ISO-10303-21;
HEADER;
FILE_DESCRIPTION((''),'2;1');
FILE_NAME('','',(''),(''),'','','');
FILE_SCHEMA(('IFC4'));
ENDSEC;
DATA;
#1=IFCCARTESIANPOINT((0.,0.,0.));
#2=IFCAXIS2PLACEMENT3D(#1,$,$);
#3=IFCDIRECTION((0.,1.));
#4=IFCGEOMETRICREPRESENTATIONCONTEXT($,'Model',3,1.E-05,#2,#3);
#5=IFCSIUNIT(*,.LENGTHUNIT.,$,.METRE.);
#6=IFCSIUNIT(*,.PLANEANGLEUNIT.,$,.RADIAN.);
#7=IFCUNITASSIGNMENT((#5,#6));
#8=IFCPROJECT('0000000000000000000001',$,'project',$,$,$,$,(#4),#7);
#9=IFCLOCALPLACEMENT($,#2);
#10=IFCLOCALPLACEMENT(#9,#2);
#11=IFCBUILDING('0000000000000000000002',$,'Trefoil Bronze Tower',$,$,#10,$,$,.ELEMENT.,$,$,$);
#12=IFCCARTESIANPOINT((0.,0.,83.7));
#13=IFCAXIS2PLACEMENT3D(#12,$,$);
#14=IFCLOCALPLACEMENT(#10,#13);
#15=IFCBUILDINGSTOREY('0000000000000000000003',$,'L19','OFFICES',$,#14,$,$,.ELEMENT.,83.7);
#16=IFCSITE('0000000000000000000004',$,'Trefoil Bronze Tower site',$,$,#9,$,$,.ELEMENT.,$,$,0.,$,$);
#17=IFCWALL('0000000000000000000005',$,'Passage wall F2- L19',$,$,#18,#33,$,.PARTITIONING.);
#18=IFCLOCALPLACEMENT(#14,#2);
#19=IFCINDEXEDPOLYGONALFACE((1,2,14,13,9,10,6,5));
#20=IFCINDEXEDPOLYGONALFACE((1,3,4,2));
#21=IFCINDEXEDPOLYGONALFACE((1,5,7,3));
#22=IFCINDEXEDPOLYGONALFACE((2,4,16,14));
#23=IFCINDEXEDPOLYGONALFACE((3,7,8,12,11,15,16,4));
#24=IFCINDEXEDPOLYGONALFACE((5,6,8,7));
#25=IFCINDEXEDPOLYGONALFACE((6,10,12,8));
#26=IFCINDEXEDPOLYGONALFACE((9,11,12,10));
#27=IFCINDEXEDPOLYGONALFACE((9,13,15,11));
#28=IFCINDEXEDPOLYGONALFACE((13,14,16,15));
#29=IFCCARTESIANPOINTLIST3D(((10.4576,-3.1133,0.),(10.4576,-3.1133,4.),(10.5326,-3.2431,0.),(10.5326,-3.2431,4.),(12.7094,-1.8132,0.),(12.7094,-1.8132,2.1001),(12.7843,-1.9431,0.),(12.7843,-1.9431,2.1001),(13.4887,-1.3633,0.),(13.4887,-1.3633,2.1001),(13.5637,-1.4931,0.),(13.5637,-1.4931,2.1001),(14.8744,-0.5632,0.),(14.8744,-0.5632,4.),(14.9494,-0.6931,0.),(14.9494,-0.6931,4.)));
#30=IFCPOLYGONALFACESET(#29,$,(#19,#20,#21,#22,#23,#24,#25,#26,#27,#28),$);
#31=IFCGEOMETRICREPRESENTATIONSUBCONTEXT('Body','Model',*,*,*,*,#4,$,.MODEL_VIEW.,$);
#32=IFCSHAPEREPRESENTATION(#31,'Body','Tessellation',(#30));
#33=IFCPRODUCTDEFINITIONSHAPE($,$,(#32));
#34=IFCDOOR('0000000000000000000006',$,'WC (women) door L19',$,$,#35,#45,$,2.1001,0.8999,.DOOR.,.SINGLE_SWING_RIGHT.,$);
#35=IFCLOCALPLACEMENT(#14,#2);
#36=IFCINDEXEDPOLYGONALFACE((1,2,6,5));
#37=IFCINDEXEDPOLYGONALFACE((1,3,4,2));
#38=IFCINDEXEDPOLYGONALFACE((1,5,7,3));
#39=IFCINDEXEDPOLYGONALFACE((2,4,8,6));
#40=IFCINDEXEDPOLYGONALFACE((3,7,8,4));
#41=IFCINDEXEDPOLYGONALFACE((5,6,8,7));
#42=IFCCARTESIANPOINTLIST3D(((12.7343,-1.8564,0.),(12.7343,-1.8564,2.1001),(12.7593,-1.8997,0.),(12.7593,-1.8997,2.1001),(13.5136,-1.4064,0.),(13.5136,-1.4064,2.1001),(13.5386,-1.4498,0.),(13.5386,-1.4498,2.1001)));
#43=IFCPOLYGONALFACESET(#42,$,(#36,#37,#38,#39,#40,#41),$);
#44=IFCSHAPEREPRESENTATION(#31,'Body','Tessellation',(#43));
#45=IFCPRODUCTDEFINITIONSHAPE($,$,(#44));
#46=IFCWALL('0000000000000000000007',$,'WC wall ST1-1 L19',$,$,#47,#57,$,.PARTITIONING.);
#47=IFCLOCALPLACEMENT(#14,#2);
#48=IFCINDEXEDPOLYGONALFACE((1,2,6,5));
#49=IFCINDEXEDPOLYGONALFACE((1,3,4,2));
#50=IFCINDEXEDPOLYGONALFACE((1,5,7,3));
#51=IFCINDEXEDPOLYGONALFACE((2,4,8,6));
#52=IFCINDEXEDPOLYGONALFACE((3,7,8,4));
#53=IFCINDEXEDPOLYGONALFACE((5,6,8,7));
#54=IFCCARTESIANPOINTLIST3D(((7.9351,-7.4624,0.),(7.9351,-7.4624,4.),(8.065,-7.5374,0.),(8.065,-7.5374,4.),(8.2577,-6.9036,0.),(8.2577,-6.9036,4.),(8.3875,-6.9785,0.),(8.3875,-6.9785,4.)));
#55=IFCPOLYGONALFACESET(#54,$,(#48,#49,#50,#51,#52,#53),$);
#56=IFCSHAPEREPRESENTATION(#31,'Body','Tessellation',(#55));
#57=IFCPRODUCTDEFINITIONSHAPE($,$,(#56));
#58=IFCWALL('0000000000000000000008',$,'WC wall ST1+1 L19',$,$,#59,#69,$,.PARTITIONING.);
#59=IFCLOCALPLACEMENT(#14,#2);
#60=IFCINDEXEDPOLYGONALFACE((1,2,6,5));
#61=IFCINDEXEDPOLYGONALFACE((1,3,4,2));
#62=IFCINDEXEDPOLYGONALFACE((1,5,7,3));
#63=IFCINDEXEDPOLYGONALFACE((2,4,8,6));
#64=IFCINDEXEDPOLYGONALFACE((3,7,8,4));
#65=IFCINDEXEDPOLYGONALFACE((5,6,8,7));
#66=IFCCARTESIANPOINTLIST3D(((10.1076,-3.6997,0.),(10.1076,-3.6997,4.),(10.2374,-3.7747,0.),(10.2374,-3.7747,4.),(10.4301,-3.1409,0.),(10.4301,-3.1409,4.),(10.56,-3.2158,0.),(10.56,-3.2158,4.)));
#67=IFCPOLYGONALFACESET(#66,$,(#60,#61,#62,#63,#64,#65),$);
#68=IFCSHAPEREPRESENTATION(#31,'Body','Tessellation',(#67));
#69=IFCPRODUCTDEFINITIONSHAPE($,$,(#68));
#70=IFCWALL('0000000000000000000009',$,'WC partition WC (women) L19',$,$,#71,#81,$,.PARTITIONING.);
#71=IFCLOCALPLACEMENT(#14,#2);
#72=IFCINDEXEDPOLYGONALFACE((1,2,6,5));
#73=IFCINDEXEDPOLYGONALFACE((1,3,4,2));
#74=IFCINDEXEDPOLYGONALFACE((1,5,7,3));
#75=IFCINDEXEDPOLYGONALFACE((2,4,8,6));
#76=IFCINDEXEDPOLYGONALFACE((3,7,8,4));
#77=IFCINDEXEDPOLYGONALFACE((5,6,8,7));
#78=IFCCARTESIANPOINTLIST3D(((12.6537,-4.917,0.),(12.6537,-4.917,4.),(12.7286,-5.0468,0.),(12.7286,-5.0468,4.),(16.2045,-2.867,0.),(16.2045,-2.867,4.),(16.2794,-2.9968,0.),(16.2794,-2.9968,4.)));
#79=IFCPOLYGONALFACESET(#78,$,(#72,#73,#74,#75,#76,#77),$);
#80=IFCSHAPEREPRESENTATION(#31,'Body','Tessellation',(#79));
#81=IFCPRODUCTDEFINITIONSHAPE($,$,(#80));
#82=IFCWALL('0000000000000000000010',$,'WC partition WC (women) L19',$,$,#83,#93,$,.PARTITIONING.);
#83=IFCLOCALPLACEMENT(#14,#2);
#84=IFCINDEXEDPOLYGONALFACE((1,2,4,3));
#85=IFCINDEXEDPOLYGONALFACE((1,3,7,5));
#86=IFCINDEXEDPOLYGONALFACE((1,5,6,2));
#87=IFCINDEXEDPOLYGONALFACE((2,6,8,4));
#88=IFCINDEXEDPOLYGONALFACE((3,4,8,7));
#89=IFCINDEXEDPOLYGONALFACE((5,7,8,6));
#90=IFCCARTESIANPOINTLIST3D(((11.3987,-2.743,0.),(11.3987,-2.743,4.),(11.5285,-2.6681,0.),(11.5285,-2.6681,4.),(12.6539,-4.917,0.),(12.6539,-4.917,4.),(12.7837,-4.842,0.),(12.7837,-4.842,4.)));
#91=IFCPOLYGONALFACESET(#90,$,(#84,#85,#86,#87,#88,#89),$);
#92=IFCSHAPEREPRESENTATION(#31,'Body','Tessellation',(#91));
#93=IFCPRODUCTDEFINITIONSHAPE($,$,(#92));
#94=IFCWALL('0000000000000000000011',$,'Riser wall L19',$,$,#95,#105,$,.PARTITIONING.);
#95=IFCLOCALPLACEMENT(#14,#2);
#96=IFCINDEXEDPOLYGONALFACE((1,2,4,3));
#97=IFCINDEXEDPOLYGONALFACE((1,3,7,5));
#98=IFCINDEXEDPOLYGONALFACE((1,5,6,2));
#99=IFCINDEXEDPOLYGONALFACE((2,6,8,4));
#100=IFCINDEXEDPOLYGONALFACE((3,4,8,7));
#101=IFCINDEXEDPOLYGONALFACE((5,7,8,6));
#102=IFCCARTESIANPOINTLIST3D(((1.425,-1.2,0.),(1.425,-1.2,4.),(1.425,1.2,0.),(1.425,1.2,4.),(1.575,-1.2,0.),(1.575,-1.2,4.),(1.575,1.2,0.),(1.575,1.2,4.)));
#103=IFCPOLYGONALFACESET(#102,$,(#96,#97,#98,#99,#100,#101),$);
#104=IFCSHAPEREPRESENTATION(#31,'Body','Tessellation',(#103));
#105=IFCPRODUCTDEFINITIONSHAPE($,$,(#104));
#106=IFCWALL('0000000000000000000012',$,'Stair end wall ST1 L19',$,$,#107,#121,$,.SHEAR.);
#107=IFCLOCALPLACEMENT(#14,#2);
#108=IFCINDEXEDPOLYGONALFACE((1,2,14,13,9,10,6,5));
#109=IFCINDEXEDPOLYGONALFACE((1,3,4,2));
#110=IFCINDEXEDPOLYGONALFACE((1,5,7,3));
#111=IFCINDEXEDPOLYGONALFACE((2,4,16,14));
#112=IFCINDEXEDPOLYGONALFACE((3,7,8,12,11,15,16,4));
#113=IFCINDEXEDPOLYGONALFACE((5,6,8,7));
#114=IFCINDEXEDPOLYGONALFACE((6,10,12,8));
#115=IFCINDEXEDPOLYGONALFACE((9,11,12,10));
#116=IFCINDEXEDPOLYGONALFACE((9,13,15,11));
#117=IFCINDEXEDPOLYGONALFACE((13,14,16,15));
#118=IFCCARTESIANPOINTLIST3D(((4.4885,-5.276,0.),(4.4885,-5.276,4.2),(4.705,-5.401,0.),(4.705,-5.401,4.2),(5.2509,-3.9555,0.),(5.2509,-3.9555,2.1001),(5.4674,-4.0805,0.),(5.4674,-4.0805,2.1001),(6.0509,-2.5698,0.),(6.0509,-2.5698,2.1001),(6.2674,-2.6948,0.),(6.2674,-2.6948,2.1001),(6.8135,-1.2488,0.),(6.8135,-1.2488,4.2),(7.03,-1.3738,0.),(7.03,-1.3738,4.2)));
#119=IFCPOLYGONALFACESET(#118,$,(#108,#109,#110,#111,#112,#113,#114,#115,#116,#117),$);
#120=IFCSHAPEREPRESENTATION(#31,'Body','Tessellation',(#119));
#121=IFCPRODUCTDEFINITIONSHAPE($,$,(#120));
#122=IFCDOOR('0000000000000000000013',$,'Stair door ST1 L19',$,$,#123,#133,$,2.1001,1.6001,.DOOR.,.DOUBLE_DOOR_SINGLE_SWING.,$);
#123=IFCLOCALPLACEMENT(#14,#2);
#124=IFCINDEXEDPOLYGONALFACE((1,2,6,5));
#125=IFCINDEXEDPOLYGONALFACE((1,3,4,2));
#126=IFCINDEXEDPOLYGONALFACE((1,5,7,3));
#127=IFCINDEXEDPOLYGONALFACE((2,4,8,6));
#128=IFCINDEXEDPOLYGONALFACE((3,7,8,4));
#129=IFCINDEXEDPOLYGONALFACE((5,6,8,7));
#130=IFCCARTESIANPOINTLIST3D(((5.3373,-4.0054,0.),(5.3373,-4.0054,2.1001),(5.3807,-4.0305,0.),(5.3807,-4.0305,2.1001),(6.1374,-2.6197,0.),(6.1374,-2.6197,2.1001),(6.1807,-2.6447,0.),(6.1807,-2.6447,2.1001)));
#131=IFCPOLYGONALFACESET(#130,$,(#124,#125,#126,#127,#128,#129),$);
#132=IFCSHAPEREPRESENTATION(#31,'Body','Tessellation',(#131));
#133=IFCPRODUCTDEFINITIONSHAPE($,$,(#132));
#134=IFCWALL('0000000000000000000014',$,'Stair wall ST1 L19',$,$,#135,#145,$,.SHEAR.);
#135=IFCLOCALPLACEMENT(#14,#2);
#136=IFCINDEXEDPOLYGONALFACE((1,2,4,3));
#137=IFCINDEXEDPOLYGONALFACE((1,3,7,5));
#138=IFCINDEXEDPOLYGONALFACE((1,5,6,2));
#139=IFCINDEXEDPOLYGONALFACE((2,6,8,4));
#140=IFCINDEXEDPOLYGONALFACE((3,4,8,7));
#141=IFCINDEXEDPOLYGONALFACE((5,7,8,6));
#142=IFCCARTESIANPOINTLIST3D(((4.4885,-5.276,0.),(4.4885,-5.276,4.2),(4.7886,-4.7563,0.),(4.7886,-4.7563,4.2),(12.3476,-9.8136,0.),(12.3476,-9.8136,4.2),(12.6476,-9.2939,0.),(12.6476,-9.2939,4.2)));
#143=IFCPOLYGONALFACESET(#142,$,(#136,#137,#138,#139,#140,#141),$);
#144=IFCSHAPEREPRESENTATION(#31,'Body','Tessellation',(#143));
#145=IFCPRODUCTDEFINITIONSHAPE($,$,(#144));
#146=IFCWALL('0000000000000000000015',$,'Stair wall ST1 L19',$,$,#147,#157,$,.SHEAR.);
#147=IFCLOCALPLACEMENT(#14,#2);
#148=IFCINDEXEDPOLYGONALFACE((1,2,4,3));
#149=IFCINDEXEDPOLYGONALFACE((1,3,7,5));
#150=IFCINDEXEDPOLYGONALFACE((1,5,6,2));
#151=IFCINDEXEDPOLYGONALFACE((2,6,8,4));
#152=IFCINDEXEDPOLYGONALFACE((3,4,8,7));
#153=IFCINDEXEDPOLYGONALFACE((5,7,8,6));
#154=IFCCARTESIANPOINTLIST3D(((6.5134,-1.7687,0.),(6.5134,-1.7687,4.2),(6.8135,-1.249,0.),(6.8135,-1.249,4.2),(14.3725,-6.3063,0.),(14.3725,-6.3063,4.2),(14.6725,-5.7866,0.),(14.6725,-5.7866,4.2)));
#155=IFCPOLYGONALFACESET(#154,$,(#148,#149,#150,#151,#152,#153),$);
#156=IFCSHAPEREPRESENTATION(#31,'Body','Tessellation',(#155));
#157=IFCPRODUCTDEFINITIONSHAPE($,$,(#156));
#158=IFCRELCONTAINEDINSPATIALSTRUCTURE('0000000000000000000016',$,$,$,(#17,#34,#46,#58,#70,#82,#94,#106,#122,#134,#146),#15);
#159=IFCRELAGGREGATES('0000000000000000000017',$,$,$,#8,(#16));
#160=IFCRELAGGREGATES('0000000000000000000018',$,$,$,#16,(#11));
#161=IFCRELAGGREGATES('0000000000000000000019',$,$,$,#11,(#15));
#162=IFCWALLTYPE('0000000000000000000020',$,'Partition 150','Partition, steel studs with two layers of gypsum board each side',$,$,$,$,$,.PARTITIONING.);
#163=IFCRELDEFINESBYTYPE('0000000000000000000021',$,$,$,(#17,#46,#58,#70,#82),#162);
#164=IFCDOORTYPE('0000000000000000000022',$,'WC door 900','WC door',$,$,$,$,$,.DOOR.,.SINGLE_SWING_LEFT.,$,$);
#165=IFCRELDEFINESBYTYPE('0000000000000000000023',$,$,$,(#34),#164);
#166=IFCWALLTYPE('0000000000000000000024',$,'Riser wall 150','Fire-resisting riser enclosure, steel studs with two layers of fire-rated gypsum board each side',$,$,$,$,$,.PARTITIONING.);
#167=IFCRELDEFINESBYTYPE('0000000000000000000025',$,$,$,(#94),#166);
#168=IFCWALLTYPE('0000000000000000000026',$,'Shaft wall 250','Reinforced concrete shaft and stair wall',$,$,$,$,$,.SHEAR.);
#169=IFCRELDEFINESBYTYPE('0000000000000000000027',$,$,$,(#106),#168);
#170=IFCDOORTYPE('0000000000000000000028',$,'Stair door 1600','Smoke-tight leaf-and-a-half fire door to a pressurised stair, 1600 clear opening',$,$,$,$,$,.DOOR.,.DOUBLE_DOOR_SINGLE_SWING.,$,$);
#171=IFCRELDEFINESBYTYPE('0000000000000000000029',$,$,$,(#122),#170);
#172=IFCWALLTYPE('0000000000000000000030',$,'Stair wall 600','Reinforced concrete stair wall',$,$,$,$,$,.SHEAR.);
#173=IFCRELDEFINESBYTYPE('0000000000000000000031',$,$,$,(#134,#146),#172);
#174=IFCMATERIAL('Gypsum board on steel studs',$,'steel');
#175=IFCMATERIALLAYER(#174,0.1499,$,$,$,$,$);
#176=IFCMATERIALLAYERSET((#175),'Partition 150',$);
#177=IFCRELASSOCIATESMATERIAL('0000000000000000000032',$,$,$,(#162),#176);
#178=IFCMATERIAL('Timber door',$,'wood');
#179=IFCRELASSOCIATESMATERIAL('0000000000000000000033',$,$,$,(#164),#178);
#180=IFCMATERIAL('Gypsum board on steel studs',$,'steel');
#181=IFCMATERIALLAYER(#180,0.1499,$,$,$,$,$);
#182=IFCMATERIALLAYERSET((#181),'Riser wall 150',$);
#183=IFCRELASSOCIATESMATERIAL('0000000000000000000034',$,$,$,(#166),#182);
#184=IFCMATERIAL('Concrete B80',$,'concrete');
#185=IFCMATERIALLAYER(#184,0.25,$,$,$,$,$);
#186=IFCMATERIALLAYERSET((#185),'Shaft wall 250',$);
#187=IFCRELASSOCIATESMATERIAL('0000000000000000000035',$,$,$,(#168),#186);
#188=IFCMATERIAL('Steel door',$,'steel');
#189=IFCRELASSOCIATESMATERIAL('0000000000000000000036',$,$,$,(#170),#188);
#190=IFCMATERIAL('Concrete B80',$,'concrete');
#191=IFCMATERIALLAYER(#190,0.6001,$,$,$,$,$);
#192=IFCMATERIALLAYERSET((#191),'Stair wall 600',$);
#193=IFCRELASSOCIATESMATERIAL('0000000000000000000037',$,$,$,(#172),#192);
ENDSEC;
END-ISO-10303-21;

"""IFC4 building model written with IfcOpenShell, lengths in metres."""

from ifc_helpers import new_model, si_unit, direction, frame, frame_2d, origin, place, context, subcontext, project, spatial, rectangle, extrude, material, layer, layer_set, type_object, element, fill, save


model = new_model("IFC4")

# Units and contexts
model_context = context("Model", 3, precision=1e-05, world=origin(), true_north=direction((0.0, 1.0)))
body_context = subcontext(model_context, "Body", "Model", "MODEL_VIEW")
ifc_project = project(units=[si_unit("LENGTHUNIT", "METRE"), si_unit("PLANEANGLEUNIT", "RADIAN")], contexts=[model_context])

# Site, building, storey
site_placement = place(None, origin())
site = spatial("IfcSite", under=ifc_project, at=site_placement, Name="Trefoil Bronze Tower site", CompositionType="ELEMENT", RefElevation=0.0)
building_placement = place(site_placement, origin())
building = spatial("IfcBuilding", under=site, at=building_placement, Name="Trefoil Bronze Tower", CompositionType="ELEMENT")
storey_placement = place(building_placement, frame((0.0, 0.0, 83.7)))
storey = spatial("IfcBuildingStorey", under=building, at=storey_placement, Name="L19", Description="OFFICES", CompositionType="ELEMENT", Elevation=83.7)

# Wall, opening, door
ifc_material_1 = material(Name="Gypsum board on steel studs", Category="steel")
ifc_layer_1 = layer(ifc_material_1, 0.1499)
ifc_layer_set_1 = layer_set([ifc_layer_1], Name="Partition 150")
wall_type_1 = type_object("IfcWallType", Name="Partition 150", Description="Partition, steel studs with two layers of gypsum board each side", PredefinedType="PARTITIONING", material=ifc_layer_set_1)
wall_1_placement = place(storey_placement, frame((10.4951, -3.1782, 0.0), z_axis=(0.0, 0.0, 1.0), x_axis=(0.866022, 0.500006, 0.0)))
wall_1 = element("IfcWall", 1, at=wall_1_placement, inside=storey, type_object=wall_type_1, Name="Passage wall F2- L19", PredefinedType="PARTITIONING", context=body_context, shape_type="SweptSolid", body=[
    extrude(rectangle(XDim=5.1001, YDim=0.1499, at=frame_2d((2.55, 0.0))), origin(), (0.0, 0.0, 1.0), 4.0),
])
opening_1_placement = place(wall_1_placement, frame((2.6001, 0.0, 0.0)))
opening_1 = element("IfcOpeningElement", 2, at=opening_1_placement, cuts=wall_1, PredefinedType="OPENING", context=body_context, shape_type="SweptSolid", body=[
    extrude(rectangle(XDim=0.8999, YDim=2.1001, at=frame_2d((0.45, 1.05))), frame((0.0, 0.085, 0.0), z_axis=(0.0, -1.0, 0.0), x_axis=(1.0, 0.0, 0.0)), (0.0, 0.0, 1.0), 0.1699),
])
ifc_material_2 = material(Name="Timber door", Category="wood")
door_type_1 = type_object("IfcDoorType", Name="WC door 900", Description="WC door", OperationType="SINGLE_SWING_LEFT", PredefinedType="DOOR", material=ifc_material_2)
door_1_placement = place(opening_1_placement, frame((0.8999, 0.0, 0.0), z_axis=(0.0, 0.0, 1.0), x_axis=(-1.0, 0.0, 0.0)))
door_1 = element("IfcDoor", 3, at=door_1_placement, inside=storey, type_object=door_type_1, Name="WC (women) door L19", OperationType="SINGLE_SWING_RIGHT", OverallHeight=2.1001, OverallWidth=0.8999, PredefinedType="DOOR", context=body_context, shape_type="SweptSolid", body=[
    extrude(rectangle(XDim=0.8999, YDim=2.1001, at=frame_2d((0.45, 1.05))), frame((0.0, 0.0249, 0.0), z_axis=(0.0, -1.0, 0.0), x_axis=(1.0, 0.0, 0.0)), (0.0, 0.0, 1.0), 0.05),
])
fill(opening_1, door_1)

# Walls
for number, where, z_axis, x_axis, name in (
    (4, (8.0, -7.5, 0.0), (0.0, 0.0, 1.0), (0.499843, 0.866116, 0.0), "WC wall ST1-1 L19"),
    (5, (10.4951, -3.1782, 0.0), (0.0, 0.0, 1.0), (-0.499843, -0.866116, 0.0), "WC wall ST1+1 L19"),
):
    element("IfcWall", number, at=place(storey_placement, frame(where, z_axis=z_axis, x_axis=x_axis)), inside=storey, type_object=wall_type_1, Name=name, PredefinedType="PARTITIONING", context=body_context, shape_type="SweptSolid", body=[
        extrude(rectangle(XDim=0.6453, YDim=0.1499, at=frame_2d((0.3228, 0.0))), origin(), (0.0, 0.0, 1.0), 4.0),
    ])
wall_2_placement = place(storey_placement, frame((12.6912, -4.9819, 0.0), z_axis=(0.0, 0.0, 1.0), x_axis=(0.866025, 0.500001, 0.0)))
element("IfcWall", 6, at=wall_2_placement, inside=storey, type_object=wall_type_1, Name="WC partition WC (women) L19", PredefinedType="PARTITIONING", context=body_context, shape_type="SweptSolid", body=[
    extrude(rectangle(XDim=4.1001, YDim=0.1499, at=frame_2d((2.05, 0.0))), origin(), (0.0, 0.0, 1.0), 4.0),
])
wall_3_placement = place(storey_placement, frame((11.4636, -2.7056, 0.0), z_axis=(0.0, 0.0, 1.0), x_axis=(0.50002, -0.866014, 0.0)))
element("IfcWall", 7, at=wall_3_placement, inside=storey, type_object=wall_type_1, Name="WC partition WC (women) L19", PredefinedType="PARTITIONING", context=body_context, shape_type="SweptSolid", body=[
    extrude(rectangle(XDim=2.5103, YDim=0.1499, at=frame_2d((1.2551, 0.0))), origin(), (0.0, 0.0, 1.0), 4.0),
])
ifc_material_3 = material(Name="Gypsum board on steel studs", Category="steel")
ifc_layer_2 = layer(ifc_material_3, 0.1499)
ifc_layer_set_2 = layer_set([ifc_layer_2], Name="Riser wall 150")
wall_type_2 = type_object("IfcWallType", Name="Riser wall 150", Description="Fire-resisting riser enclosure, steel studs with two layers of fire-rated gypsum board each side", PredefinedType="PARTITIONING", material=ifc_layer_set_2)
wall_4_placement = place(storey_placement, frame((1.5, -1.2, 0.0), z_axis=(0.0, 0.0, 1.0), x_axis=(0.0, 1.0, 0.0)))
element("IfcWall", 8, at=wall_4_placement, inside=storey, type_object=wall_type_2, Name="Riser wall L19", PredefinedType="PARTITIONING", context=body_context, shape_type="SweptSolid", body=[
    extrude(rectangle(XDim=2.3999, YDim=0.1499, at=frame_2d((1.2, 0.0))), origin(), (0.0, 0.0, 1.0), 4.0),
])

# Wall, opening, door
ifc_material_4 = material(Name="Concrete B80", Category="concrete")
ifc_layer_3 = layer(ifc_material_4, 0.25)
ifc_layer_set_3 = layer_set([ifc_layer_3], Name="Shaft wall 250")
wall_type_3 = type_object("IfcWallType", Name="Shaft wall 250", Description="Reinforced concrete shaft and stair wall", PredefinedType="SHEAR", material=ifc_layer_set_3)
wall_5_placement = place(storey_placement, frame((4.5967, -5.3386, 0.0), z_axis=(0.0, 0.0, 1.0), x_axis=(0.499985, 0.866034, 0.0)))
wall_5 = element("IfcWall", 9, at=wall_5_placement, inside=storey, type_object=wall_type_3, Name="Stair end wall ST1 L19", PredefinedType="SHEAR", context=body_context, shape_type="SweptSolid", body=[
    extrude(rectangle(XDim=4.6501, YDim=0.25, at=frame_2d((2.3252, 0.0))), origin(), (0.0, 0.0, 1.0), 4.2),
])
opening_2_placement = place(wall_5_placement, frame((1.5249, 0.0, 0.0)))
opening_2 = element("IfcOpeningElement", 10, at=opening_2_placement, cuts=wall_5, PredefinedType="OPENING", context=body_context, shape_type="SweptSolid", body=[
    extrude(rectangle(XDim=1.6001, YDim=2.1001, at=frame_2d((0.8, 1.05))), frame((0.0, 0.135, 0.0), z_axis=(0.0, -1.0, 0.0), x_axis=(1.0, 0.0, 0.0)), (0.0, 0.0, 1.0), 0.27),
])
ifc_material_5 = material(Name="Steel door", Category="steel")
door_type_2 = type_object("IfcDoorType", Name="Stair door 1600", Description="Smoke-tight leaf-and-a-half fire door to a pressurised stair, 1600 clear opening", OperationType="DOUBLE_DOOR_SINGLE_SWING", PredefinedType="DOOR", material=ifc_material_5)
door_2_placement = place(opening_2_placement, frame((1.6001, 0.0, 0.0), z_axis=(0.0, 0.0, 1.0), x_axis=(-1.0, 0.0, 0.0)))
door_2 = element("IfcDoor", 11, at=door_2_placement, inside=storey, type_object=door_type_2, Name="Stair door ST1 L19", OperationType="DOUBLE_DOOR_SINGLE_SWING", OverallHeight=2.1001, OverallWidth=1.6001, PredefinedType="DOOR", context=body_context, shape_type="SweptSolid", body=[
    extrude(rectangle(XDim=1.6001, YDim=2.1001, at=frame_2d((0.8, 1.05))), frame((0.0, 0.0249, 0.0), z_axis=(0.0, -1.0, 0.0), x_axis=(1.0, 0.0, 0.0)), (0.0, 0.0, 1.0), 0.05),
])
fill(opening_2, door_2)

# Walls
ifc_material_6 = material(Name="Concrete B80", Category="concrete")
ifc_layer_4 = layer(ifc_material_6, 0.6001)
ifc_layer_set_4 = layer_set([ifc_layer_4], Name="Stair wall 600")
wall_type_4 = type_object("IfcWallType", Name="Stair wall 600", Description="Reinforced concrete stair wall", PredefinedType="SHEAR", material=ifc_layer_set_4)
for number, where, z_axis, x_axis, name in (
    (12, (4.6384, -5.0161, 0.0), (0.0, 0.0, 1.0), (0.866019, -0.50001, 0.0), "Stair wall ST1 L19"),
    (13, (6.6633, -1.5088, 0.0), (0.0, 0.0, 1.0), (0.866019, -0.50001, 0.0), "Stair wall ST1 L19"),
):
    element("IfcWall", number, at=place(storey_placement, frame(where, z_axis=z_axis, x_axis=x_axis)), inside=storey, type_object=wall_type_4, Name=name, PredefinedType="SHEAR", context=body_context, shape_type="SweptSolid", body=[
        extrude(rectangle(XDim=9.075, YDim=0.6001, at=frame_2d((4.5376, 0.0))), origin(), (0.0, 0.0, 1.0), 4.2),
    ])

save(model, "model.ifc")
